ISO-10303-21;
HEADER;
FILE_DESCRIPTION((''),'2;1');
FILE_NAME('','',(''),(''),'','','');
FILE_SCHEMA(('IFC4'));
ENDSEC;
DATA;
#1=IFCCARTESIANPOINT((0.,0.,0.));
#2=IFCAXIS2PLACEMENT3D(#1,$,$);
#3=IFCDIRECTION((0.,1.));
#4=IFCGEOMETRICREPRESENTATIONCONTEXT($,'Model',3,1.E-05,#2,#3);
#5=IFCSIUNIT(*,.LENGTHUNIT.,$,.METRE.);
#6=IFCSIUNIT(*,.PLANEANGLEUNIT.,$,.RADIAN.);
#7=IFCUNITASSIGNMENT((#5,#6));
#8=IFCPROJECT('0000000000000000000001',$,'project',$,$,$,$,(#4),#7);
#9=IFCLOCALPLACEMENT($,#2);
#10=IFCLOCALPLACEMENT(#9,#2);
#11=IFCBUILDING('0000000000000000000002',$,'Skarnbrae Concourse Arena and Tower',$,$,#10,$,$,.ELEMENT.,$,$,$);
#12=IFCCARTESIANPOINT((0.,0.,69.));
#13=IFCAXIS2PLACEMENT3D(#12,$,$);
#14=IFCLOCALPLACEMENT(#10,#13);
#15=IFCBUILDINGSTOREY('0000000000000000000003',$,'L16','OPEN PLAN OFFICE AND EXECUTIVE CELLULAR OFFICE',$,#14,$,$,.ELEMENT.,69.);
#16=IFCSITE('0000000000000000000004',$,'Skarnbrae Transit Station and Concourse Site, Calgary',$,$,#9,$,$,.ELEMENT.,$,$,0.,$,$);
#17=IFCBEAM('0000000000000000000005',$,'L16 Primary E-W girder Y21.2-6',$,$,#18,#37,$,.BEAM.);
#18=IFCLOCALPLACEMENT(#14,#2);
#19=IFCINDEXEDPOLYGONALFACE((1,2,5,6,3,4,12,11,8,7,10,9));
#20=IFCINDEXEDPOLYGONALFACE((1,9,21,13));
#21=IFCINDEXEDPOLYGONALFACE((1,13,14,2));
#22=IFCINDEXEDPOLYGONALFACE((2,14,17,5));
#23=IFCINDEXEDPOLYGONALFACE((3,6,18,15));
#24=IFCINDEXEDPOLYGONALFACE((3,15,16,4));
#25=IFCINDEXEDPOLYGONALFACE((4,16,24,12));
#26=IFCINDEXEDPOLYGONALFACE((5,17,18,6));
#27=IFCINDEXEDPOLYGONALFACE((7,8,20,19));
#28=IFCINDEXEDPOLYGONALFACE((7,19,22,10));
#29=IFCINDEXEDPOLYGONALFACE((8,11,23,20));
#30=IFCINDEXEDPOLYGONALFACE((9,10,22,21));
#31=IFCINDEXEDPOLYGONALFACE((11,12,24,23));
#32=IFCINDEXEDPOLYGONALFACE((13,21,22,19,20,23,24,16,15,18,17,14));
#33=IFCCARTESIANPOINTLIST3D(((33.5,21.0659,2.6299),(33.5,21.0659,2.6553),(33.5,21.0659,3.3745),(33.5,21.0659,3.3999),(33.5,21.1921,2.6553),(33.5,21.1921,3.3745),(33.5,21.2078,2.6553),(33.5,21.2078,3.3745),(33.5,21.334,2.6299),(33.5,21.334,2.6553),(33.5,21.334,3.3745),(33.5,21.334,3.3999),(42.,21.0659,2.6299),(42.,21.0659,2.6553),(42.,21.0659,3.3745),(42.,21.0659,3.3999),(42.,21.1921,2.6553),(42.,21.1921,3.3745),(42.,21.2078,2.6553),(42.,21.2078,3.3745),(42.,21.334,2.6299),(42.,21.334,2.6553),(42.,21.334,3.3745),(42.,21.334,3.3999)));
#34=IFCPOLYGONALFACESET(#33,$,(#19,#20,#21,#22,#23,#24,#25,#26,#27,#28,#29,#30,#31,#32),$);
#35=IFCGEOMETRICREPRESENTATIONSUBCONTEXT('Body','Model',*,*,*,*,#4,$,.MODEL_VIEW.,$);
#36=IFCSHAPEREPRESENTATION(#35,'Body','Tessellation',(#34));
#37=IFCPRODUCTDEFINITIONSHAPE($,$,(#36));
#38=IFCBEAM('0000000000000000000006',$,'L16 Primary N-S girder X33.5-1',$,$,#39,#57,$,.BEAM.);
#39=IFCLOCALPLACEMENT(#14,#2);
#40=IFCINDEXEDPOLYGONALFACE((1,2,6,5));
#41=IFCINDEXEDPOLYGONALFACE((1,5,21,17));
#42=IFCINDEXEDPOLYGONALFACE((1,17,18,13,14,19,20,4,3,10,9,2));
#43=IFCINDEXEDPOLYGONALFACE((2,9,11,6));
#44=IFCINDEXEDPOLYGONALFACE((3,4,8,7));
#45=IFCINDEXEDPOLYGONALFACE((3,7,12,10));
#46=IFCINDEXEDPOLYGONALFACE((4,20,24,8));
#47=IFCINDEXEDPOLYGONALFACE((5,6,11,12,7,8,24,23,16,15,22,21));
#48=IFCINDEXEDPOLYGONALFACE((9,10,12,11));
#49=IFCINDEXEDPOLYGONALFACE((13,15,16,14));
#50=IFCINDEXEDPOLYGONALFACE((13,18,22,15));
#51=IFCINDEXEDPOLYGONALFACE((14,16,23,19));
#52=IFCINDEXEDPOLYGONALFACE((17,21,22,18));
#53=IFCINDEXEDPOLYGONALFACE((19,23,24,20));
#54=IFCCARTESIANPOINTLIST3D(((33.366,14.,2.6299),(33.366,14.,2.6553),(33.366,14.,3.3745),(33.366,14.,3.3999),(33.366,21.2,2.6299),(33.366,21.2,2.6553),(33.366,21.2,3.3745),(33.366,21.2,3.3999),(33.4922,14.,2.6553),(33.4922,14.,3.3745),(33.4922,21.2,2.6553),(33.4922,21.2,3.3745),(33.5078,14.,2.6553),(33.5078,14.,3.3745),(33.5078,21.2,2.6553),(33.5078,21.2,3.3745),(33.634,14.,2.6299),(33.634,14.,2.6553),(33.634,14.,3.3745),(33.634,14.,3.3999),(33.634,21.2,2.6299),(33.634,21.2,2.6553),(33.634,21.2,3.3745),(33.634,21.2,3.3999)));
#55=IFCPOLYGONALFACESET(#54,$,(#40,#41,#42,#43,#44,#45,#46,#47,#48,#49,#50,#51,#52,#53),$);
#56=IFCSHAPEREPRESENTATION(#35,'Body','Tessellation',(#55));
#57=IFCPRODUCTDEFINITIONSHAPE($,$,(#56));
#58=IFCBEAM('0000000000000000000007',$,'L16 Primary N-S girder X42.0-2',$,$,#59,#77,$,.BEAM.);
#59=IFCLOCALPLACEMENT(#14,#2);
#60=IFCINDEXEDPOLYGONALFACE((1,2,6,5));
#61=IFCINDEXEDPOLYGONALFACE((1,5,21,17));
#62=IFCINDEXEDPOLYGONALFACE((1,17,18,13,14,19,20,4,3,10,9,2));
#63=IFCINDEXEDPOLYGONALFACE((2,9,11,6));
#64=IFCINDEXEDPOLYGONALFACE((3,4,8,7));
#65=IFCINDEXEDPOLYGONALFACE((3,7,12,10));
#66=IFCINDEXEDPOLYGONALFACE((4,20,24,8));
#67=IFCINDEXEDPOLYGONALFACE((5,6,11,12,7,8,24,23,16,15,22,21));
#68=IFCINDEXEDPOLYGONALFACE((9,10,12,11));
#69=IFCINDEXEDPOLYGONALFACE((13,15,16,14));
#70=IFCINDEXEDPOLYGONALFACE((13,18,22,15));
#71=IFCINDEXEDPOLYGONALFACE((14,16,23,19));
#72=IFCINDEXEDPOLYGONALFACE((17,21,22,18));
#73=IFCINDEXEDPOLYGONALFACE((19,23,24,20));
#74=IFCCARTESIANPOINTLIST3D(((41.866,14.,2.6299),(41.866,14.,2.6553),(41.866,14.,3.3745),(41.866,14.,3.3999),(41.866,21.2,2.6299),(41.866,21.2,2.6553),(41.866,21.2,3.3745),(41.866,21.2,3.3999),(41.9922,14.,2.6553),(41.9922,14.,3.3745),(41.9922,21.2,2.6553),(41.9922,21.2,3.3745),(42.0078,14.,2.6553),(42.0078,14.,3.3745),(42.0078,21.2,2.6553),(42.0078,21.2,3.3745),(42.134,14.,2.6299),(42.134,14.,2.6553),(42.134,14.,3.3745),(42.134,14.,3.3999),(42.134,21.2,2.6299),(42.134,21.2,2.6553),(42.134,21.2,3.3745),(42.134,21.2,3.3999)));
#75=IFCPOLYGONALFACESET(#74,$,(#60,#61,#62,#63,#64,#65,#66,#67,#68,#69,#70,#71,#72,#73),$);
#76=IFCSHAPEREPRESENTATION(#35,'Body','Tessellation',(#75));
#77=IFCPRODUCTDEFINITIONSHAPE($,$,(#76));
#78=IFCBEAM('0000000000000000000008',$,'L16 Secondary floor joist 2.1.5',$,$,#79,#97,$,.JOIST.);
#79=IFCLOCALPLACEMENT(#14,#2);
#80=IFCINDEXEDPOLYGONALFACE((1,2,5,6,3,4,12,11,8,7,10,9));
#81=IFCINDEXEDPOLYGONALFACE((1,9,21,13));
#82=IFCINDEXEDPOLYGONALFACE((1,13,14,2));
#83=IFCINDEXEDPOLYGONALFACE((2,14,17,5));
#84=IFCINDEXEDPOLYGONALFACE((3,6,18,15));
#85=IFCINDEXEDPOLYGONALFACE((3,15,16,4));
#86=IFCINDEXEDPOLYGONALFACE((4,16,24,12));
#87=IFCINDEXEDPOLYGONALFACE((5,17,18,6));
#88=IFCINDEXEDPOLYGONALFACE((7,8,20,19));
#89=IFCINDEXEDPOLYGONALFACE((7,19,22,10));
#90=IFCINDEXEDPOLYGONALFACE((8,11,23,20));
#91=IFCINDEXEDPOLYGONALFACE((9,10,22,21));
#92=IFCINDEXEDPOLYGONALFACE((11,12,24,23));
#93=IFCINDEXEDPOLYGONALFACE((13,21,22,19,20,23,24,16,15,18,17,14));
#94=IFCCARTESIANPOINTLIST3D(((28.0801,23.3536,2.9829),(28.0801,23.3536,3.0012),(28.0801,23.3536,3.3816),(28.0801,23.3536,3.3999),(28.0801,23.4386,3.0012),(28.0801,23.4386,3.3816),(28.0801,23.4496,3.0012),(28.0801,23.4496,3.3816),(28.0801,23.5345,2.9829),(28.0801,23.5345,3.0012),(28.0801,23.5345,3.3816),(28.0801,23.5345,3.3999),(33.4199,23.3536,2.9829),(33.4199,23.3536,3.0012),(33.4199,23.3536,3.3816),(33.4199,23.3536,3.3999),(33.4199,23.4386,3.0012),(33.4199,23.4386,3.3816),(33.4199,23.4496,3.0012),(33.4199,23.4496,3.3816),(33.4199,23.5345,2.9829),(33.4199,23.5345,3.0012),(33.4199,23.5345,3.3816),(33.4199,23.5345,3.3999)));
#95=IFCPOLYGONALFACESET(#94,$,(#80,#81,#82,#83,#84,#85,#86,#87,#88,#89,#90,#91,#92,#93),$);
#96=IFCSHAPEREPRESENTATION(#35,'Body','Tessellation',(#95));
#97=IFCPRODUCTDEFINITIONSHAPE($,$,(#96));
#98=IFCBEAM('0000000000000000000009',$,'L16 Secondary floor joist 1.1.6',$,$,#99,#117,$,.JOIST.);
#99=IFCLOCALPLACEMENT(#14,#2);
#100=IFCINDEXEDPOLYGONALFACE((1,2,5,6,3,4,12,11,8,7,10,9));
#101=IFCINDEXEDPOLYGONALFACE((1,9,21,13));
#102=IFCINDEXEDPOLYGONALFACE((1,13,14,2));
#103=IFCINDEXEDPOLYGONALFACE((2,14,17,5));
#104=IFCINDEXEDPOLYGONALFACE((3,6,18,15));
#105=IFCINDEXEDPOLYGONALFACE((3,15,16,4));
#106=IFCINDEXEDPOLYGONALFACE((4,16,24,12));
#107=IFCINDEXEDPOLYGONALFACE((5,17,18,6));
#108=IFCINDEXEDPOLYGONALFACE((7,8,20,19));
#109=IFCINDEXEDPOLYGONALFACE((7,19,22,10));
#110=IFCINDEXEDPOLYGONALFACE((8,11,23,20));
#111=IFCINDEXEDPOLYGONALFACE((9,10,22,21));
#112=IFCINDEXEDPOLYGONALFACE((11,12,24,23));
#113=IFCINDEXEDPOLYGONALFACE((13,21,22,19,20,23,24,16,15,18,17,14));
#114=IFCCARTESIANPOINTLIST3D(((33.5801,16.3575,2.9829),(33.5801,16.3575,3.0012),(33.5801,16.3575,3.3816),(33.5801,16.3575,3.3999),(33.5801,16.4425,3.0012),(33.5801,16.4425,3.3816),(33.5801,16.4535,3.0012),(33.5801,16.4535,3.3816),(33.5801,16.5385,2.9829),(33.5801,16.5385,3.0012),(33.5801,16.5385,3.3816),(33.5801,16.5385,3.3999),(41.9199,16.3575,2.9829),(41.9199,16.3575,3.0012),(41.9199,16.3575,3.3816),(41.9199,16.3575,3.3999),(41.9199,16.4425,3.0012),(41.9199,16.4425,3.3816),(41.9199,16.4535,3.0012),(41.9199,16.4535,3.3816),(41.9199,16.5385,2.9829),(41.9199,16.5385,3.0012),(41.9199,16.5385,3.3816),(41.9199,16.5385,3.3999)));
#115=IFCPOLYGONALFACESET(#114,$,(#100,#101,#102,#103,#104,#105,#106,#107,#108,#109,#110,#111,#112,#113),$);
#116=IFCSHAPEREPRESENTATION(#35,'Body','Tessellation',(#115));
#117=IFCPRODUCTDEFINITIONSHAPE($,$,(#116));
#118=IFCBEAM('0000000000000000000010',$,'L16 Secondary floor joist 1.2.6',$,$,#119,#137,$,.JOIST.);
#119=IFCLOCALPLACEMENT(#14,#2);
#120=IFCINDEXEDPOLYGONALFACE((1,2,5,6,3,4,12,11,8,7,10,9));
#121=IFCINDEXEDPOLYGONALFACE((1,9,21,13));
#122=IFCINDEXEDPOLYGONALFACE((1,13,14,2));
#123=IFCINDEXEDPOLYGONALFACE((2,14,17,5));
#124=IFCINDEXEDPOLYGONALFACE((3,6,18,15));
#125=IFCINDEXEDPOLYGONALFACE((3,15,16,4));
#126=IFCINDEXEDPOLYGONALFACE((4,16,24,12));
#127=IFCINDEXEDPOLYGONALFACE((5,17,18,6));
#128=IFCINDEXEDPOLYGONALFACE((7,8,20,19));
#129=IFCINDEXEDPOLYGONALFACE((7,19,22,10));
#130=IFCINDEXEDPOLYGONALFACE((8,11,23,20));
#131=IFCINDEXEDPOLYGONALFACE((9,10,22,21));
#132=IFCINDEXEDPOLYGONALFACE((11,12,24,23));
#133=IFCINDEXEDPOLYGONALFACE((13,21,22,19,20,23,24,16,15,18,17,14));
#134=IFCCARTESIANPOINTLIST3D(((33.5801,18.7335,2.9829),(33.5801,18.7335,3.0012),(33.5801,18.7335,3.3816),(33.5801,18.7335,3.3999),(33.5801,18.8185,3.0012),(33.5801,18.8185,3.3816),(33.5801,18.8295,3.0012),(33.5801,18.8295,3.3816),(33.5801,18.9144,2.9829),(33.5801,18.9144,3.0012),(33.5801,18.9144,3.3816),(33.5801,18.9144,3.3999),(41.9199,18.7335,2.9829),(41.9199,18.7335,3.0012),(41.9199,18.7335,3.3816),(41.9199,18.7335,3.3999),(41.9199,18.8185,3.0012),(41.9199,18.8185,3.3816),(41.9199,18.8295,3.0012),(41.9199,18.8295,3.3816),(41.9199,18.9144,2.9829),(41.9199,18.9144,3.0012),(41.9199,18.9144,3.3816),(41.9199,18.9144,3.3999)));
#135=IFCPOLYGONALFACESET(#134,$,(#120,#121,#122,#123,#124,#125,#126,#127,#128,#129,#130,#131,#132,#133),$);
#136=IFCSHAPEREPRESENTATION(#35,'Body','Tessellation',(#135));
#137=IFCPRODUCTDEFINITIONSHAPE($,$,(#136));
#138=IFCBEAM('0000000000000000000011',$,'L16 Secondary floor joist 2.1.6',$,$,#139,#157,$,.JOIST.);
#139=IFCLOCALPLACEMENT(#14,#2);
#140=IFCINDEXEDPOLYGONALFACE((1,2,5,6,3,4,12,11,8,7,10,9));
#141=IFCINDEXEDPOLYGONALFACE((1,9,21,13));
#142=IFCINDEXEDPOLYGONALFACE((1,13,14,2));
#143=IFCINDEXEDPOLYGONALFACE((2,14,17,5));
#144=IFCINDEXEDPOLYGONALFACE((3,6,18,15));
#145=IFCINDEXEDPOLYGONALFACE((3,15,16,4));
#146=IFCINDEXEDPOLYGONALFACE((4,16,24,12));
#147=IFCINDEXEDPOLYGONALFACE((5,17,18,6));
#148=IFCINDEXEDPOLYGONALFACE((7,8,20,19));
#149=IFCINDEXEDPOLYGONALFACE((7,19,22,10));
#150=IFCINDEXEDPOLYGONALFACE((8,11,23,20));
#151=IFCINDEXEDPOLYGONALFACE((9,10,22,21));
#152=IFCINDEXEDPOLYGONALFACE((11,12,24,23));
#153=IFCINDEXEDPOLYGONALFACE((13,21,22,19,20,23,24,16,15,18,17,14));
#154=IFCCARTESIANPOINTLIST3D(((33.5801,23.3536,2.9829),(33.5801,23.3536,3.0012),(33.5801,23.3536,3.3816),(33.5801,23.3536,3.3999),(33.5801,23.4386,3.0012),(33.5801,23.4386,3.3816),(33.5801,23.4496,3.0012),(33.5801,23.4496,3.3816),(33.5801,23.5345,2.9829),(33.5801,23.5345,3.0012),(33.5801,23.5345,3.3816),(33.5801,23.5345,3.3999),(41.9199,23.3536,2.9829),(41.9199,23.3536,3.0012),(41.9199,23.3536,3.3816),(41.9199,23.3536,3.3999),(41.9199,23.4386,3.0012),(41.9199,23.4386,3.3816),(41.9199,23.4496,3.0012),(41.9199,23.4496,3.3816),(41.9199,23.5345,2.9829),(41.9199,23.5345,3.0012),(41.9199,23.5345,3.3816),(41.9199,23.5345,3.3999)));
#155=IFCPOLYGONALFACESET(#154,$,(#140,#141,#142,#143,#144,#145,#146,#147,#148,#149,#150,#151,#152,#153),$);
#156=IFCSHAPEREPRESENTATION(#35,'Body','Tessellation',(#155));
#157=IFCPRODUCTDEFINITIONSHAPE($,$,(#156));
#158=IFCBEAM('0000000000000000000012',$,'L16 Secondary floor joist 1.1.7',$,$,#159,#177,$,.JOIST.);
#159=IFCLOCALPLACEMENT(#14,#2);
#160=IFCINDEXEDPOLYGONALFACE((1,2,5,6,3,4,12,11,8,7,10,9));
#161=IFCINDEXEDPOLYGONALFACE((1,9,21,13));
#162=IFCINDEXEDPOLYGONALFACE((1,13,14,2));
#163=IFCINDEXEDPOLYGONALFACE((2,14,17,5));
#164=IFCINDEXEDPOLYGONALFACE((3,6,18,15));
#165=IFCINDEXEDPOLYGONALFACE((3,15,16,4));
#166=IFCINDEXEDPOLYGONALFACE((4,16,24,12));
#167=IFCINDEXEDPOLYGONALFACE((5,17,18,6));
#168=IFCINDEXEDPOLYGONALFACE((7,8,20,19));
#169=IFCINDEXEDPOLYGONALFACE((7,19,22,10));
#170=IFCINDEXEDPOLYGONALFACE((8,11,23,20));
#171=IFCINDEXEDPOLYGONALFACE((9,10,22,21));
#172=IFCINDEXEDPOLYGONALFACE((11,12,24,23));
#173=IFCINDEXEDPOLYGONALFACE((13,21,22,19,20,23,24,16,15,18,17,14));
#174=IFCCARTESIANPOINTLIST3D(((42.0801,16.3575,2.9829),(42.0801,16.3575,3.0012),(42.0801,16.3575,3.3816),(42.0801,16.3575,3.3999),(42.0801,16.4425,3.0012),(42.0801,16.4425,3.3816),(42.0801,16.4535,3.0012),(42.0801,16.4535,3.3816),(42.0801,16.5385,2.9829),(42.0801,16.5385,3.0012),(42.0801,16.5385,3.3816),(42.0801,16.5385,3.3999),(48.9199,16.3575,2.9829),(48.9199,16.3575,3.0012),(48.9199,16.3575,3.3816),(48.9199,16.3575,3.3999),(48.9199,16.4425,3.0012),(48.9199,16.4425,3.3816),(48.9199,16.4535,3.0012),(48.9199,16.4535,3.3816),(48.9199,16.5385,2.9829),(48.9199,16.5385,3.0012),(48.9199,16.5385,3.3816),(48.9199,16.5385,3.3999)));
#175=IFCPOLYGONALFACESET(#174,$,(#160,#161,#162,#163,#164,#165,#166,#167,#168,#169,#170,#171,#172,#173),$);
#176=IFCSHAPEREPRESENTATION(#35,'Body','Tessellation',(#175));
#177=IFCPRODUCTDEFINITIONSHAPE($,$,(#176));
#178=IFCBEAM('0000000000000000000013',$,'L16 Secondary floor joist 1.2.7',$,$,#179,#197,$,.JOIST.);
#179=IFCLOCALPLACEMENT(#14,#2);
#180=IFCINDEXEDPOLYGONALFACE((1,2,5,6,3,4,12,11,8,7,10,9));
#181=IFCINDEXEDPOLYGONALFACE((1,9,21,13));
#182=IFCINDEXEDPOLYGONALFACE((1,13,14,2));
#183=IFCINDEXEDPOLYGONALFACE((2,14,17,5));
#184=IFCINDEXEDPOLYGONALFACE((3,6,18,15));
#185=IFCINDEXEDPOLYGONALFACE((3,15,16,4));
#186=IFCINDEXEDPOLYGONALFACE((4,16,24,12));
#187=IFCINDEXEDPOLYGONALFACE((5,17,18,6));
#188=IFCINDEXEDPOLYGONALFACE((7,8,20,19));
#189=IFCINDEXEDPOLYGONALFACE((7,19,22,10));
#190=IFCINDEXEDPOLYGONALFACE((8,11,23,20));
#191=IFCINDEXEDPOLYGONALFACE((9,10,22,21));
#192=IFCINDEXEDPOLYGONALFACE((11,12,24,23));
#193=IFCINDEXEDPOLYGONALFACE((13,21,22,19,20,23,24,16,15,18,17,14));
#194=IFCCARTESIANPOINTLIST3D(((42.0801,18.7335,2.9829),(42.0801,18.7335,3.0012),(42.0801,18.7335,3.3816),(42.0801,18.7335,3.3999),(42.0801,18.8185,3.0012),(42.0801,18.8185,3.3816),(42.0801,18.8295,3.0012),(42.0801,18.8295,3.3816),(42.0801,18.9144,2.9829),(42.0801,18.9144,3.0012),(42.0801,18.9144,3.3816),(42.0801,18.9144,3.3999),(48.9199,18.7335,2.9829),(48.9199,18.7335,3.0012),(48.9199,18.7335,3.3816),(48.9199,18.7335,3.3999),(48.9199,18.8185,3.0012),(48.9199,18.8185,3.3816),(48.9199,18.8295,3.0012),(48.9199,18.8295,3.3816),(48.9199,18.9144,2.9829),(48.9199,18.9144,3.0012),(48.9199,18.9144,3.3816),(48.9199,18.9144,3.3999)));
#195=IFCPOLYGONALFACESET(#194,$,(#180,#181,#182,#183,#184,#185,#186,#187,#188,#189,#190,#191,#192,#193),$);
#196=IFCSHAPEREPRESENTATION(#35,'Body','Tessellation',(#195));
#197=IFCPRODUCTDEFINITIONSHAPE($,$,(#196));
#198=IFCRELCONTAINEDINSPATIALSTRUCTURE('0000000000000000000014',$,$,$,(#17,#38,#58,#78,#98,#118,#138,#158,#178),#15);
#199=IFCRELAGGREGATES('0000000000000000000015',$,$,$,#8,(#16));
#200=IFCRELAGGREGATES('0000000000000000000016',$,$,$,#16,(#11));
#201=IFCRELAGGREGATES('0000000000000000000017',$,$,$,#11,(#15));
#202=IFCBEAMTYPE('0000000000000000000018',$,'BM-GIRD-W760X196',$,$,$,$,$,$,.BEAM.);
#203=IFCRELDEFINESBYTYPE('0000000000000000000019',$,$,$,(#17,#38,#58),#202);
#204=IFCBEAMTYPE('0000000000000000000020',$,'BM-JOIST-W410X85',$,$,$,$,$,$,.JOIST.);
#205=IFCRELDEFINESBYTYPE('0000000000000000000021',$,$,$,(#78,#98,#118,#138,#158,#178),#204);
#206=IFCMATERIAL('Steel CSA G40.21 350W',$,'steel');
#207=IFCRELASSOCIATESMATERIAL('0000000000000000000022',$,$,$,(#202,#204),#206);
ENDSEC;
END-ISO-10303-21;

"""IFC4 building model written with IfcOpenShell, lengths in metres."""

from ifc_helpers import new_model, si_unit, direction, frame, origin, origin_2d, place, context, subcontext, project, spatial, i_section, extrude, source, transform, mapped, material, material_profile, profile_set, type_object, element, save


model = new_model("IFC4")

# Units and contexts
model_context = context("Model", 3, precision=1e-05, world=origin(), true_north=direction((0.0, 1.0)))
body_context = subcontext(model_context, "Body", "Model", "MODEL_VIEW")
ifc_project = project(units=[si_unit("LENGTHUNIT", "METRE"), si_unit("PLANEANGLEUNIT", "RADIAN")], contexts=[model_context])

# Site, building, storey
site_placement = place(None, origin())
site = spatial("IfcSite", under=ifc_project, at=site_placement, Name="Skarnbrae Transit Station and Concourse Site, Calgary", CompositionType="ELEMENT", RefElevation=0.0)
building_placement = place(site_placement, origin())
building = spatial("IfcBuilding", under=site, at=building_placement, Name="Skarnbrae Concourse Arena and Tower", CompositionType="ELEMENT")
storey_placement = place(building_placement, frame((0.0, 0.0, 69.0)))
storey = spatial("IfcBuildingStorey", under=building, at=storey_placement, Name="L16", Description="OPEN PLAN OFFICE AND EXECUTIVE CELLULAR OFFICE", CompositionType="ELEMENT", Elevation=69.0)

# Shared definitions
ifc_material_1 = material(Name="Steel CSA G40.21 350W", Category="steel")

# Beams
ifc_material_profile_1 = material_profile(ifc_material_1, i_section(OverallWidth=0.2681, OverallDepth=0.77, WebThickness=0.0156, FlangeThickness=0.0254, at=origin_2d()), Name="W760X196")
ifc_profile_set_1 = profile_set([ifc_material_profile_1], Name="Steel CSA G40.21 350W")
beam_type_1 = type_object("IfcBeamType", Name="BM-GIRD-W760X196", PredefinedType="BEAM", material=ifc_profile_set_1)
shared_shape_1 = source(origin(), body_context, "Body", "SweptSolid", [
    extrude(i_section(OverallWidth=0.2681, OverallDepth=0.77, WebThickness=0.0156, FlangeThickness=0.0254, at=origin_2d()), origin(), (0.0, 0.0, 1.0), 8.5),
])
for number, where, z_axis, x_axis, name in (
    (1, (33.5, 21.2, 3.0149), (1.0, 0.0, 0.0), (0.0, 1.0, 0.0), "L16 Primary E-W girder Y21.2-6"),
):
    element("IfcBeam", number, at=place(storey_placement, frame(where, z_axis=z_axis, x_axis=x_axis)), inside=storey, type_object=beam_type_1, Name=name, PredefinedType="BEAM", context=body_context, shape_type="MappedRepresentation", body=[
        mapped(shared_shape_1, transform((0.0, 0.0, 0.0))),
    ])
shared_shape_2 = source(origin(), body_context, "Body", "SweptSolid", [
    extrude(i_section(OverallWidth=0.2681, OverallDepth=0.77, WebThickness=0.0156, FlangeThickness=0.0254, at=origin_2d()), origin(), (0.0, 0.0, 1.0), 7.2),
])
for number, where, z_axis, x_axis, name in (
    (2, (33.5, 14.0, 3.0149), (0.0, 1.0, 0.0), (-1.0, 0.0, 0.0), "L16 Primary N-S girder X33.5-1"),
    (3, (42.0, 14.0, 3.0149), (0.0, 1.0, 0.0), (-1.0, 0.0, 0.0), "L16 Primary N-S girder X42.0-2"),
):
    element("IfcBeam", number, at=place(storey_placement, frame(where, z_axis=z_axis, x_axis=x_axis)), inside=storey, type_object=beam_type_1, Name=name, PredefinedType="BEAM", context=body_context, shape_type="MappedRepresentation", body=[
        mapped(shared_shape_2, transform((0.0, 0.0, 0.0))),
    ])
ifc_material_profile_2 = material_profile(ifc_material_1, i_section(OverallWidth=0.1809, OverallDepth=0.417, WebThickness=0.011, FlangeThickness=0.0183, at=origin_2d()), Name="W410X85")
ifc_profile_set_2 = profile_set([ifc_material_profile_2], Name="Steel CSA G40.21 350W")
beam_type_2 = type_object("IfcBeamType", Name="BM-JOIST-W410X85", PredefinedType="JOIST", material=ifc_profile_set_2)
shared_shape_3 = source(origin(), body_context, "Body", "SweptSolid", [
    extrude(i_section(OverallWidth=0.1809, OverallDepth=0.417, WebThickness=0.011, FlangeThickness=0.0183, at=origin_2d()), origin(), (0.0, 0.0, 1.0), 5.3398),
])
beam_placement = place(storey_placement, frame((28.0801, 23.4441, 3.1914), z_axis=(1.0, 0.0, 0.0), x_axis=(0.0, 1.0, 0.0)))
element("IfcBeam", 4, at=beam_placement, inside=storey, type_object=beam_type_2, Name="L16 Secondary floor joist 2.1.5", PredefinedType="JOIST", context=body_context, shape_type="MappedRepresentation", body=[
    mapped(shared_shape_3, transform((0.0, 0.0, 0.0))),
])
shared_shape_4 = source(origin(), body_context, "Body", "SweptSolid", [
    extrude(i_section(OverallWidth=0.1809, OverallDepth=0.417, WebThickness=0.011, FlangeThickness=0.0183, at=origin_2d()), origin(), (0.0, 0.0, 1.0), 8.3398),
])
for number, where, z_axis, x_axis, name in (
    (5, (33.5801, 16.448, 3.1914), (1.0, 0.0, 0.0), (0.0, 1.0, 0.0), "L16 Secondary floor joist 1.1.6"),
    (6, (33.5801, 18.824, 3.1914), (1.0, 0.0, 0.0), (0.0, 1.0, 0.0), "L16 Secondary floor joist 1.2.6"),
    (7, (33.5801, 23.4441, 3.1914), (1.0, 0.0, 0.0), (0.0, 1.0, 0.0), "L16 Secondary floor joist 2.1.6"),
):
    element("IfcBeam", number, at=place(storey_placement, frame(where, z_axis=z_axis, x_axis=x_axis)), inside=storey, type_object=beam_type_2, Name=name, PredefinedType="JOIST", context=body_context, shape_type="MappedRepresentation", body=[
        mapped(shared_shape_4, transform((0.0, 0.0, 0.0))),
    ])
shared_shape_5 = source(origin(), body_context, "Body", "SweptSolid", [
    extrude(i_section(OverallWidth=0.1809, OverallDepth=0.417, WebThickness=0.011, FlangeThickness=0.0183, at=origin_2d()), origin(), (0.0, 0.0, 1.0), 6.8398),
])
for number, where, z_axis, x_axis, name in (
    (8, (42.0801, 16.448, 3.1914), (1.0, 0.0, 0.0), (0.0, 1.0, 0.0), "L16 Secondary floor joist 1.1.7"),
    (9, (42.0801, 18.824, 3.1914), (1.0, 0.0, 0.0), (0.0, 1.0, 0.0), "L16 Secondary floor joist 1.2.7"),
):
    element("IfcBeam", number, at=place(storey_placement, frame(where, z_axis=z_axis, x_axis=x_axis)), inside=storey, type_object=beam_type_2, Name=name, PredefinedType="JOIST", context=body_context, shape_type="MappedRepresentation", body=[
        mapped(shared_shape_5, transform((0.0, 0.0, 0.0))),
    ])

save(model, "model.ifc")
